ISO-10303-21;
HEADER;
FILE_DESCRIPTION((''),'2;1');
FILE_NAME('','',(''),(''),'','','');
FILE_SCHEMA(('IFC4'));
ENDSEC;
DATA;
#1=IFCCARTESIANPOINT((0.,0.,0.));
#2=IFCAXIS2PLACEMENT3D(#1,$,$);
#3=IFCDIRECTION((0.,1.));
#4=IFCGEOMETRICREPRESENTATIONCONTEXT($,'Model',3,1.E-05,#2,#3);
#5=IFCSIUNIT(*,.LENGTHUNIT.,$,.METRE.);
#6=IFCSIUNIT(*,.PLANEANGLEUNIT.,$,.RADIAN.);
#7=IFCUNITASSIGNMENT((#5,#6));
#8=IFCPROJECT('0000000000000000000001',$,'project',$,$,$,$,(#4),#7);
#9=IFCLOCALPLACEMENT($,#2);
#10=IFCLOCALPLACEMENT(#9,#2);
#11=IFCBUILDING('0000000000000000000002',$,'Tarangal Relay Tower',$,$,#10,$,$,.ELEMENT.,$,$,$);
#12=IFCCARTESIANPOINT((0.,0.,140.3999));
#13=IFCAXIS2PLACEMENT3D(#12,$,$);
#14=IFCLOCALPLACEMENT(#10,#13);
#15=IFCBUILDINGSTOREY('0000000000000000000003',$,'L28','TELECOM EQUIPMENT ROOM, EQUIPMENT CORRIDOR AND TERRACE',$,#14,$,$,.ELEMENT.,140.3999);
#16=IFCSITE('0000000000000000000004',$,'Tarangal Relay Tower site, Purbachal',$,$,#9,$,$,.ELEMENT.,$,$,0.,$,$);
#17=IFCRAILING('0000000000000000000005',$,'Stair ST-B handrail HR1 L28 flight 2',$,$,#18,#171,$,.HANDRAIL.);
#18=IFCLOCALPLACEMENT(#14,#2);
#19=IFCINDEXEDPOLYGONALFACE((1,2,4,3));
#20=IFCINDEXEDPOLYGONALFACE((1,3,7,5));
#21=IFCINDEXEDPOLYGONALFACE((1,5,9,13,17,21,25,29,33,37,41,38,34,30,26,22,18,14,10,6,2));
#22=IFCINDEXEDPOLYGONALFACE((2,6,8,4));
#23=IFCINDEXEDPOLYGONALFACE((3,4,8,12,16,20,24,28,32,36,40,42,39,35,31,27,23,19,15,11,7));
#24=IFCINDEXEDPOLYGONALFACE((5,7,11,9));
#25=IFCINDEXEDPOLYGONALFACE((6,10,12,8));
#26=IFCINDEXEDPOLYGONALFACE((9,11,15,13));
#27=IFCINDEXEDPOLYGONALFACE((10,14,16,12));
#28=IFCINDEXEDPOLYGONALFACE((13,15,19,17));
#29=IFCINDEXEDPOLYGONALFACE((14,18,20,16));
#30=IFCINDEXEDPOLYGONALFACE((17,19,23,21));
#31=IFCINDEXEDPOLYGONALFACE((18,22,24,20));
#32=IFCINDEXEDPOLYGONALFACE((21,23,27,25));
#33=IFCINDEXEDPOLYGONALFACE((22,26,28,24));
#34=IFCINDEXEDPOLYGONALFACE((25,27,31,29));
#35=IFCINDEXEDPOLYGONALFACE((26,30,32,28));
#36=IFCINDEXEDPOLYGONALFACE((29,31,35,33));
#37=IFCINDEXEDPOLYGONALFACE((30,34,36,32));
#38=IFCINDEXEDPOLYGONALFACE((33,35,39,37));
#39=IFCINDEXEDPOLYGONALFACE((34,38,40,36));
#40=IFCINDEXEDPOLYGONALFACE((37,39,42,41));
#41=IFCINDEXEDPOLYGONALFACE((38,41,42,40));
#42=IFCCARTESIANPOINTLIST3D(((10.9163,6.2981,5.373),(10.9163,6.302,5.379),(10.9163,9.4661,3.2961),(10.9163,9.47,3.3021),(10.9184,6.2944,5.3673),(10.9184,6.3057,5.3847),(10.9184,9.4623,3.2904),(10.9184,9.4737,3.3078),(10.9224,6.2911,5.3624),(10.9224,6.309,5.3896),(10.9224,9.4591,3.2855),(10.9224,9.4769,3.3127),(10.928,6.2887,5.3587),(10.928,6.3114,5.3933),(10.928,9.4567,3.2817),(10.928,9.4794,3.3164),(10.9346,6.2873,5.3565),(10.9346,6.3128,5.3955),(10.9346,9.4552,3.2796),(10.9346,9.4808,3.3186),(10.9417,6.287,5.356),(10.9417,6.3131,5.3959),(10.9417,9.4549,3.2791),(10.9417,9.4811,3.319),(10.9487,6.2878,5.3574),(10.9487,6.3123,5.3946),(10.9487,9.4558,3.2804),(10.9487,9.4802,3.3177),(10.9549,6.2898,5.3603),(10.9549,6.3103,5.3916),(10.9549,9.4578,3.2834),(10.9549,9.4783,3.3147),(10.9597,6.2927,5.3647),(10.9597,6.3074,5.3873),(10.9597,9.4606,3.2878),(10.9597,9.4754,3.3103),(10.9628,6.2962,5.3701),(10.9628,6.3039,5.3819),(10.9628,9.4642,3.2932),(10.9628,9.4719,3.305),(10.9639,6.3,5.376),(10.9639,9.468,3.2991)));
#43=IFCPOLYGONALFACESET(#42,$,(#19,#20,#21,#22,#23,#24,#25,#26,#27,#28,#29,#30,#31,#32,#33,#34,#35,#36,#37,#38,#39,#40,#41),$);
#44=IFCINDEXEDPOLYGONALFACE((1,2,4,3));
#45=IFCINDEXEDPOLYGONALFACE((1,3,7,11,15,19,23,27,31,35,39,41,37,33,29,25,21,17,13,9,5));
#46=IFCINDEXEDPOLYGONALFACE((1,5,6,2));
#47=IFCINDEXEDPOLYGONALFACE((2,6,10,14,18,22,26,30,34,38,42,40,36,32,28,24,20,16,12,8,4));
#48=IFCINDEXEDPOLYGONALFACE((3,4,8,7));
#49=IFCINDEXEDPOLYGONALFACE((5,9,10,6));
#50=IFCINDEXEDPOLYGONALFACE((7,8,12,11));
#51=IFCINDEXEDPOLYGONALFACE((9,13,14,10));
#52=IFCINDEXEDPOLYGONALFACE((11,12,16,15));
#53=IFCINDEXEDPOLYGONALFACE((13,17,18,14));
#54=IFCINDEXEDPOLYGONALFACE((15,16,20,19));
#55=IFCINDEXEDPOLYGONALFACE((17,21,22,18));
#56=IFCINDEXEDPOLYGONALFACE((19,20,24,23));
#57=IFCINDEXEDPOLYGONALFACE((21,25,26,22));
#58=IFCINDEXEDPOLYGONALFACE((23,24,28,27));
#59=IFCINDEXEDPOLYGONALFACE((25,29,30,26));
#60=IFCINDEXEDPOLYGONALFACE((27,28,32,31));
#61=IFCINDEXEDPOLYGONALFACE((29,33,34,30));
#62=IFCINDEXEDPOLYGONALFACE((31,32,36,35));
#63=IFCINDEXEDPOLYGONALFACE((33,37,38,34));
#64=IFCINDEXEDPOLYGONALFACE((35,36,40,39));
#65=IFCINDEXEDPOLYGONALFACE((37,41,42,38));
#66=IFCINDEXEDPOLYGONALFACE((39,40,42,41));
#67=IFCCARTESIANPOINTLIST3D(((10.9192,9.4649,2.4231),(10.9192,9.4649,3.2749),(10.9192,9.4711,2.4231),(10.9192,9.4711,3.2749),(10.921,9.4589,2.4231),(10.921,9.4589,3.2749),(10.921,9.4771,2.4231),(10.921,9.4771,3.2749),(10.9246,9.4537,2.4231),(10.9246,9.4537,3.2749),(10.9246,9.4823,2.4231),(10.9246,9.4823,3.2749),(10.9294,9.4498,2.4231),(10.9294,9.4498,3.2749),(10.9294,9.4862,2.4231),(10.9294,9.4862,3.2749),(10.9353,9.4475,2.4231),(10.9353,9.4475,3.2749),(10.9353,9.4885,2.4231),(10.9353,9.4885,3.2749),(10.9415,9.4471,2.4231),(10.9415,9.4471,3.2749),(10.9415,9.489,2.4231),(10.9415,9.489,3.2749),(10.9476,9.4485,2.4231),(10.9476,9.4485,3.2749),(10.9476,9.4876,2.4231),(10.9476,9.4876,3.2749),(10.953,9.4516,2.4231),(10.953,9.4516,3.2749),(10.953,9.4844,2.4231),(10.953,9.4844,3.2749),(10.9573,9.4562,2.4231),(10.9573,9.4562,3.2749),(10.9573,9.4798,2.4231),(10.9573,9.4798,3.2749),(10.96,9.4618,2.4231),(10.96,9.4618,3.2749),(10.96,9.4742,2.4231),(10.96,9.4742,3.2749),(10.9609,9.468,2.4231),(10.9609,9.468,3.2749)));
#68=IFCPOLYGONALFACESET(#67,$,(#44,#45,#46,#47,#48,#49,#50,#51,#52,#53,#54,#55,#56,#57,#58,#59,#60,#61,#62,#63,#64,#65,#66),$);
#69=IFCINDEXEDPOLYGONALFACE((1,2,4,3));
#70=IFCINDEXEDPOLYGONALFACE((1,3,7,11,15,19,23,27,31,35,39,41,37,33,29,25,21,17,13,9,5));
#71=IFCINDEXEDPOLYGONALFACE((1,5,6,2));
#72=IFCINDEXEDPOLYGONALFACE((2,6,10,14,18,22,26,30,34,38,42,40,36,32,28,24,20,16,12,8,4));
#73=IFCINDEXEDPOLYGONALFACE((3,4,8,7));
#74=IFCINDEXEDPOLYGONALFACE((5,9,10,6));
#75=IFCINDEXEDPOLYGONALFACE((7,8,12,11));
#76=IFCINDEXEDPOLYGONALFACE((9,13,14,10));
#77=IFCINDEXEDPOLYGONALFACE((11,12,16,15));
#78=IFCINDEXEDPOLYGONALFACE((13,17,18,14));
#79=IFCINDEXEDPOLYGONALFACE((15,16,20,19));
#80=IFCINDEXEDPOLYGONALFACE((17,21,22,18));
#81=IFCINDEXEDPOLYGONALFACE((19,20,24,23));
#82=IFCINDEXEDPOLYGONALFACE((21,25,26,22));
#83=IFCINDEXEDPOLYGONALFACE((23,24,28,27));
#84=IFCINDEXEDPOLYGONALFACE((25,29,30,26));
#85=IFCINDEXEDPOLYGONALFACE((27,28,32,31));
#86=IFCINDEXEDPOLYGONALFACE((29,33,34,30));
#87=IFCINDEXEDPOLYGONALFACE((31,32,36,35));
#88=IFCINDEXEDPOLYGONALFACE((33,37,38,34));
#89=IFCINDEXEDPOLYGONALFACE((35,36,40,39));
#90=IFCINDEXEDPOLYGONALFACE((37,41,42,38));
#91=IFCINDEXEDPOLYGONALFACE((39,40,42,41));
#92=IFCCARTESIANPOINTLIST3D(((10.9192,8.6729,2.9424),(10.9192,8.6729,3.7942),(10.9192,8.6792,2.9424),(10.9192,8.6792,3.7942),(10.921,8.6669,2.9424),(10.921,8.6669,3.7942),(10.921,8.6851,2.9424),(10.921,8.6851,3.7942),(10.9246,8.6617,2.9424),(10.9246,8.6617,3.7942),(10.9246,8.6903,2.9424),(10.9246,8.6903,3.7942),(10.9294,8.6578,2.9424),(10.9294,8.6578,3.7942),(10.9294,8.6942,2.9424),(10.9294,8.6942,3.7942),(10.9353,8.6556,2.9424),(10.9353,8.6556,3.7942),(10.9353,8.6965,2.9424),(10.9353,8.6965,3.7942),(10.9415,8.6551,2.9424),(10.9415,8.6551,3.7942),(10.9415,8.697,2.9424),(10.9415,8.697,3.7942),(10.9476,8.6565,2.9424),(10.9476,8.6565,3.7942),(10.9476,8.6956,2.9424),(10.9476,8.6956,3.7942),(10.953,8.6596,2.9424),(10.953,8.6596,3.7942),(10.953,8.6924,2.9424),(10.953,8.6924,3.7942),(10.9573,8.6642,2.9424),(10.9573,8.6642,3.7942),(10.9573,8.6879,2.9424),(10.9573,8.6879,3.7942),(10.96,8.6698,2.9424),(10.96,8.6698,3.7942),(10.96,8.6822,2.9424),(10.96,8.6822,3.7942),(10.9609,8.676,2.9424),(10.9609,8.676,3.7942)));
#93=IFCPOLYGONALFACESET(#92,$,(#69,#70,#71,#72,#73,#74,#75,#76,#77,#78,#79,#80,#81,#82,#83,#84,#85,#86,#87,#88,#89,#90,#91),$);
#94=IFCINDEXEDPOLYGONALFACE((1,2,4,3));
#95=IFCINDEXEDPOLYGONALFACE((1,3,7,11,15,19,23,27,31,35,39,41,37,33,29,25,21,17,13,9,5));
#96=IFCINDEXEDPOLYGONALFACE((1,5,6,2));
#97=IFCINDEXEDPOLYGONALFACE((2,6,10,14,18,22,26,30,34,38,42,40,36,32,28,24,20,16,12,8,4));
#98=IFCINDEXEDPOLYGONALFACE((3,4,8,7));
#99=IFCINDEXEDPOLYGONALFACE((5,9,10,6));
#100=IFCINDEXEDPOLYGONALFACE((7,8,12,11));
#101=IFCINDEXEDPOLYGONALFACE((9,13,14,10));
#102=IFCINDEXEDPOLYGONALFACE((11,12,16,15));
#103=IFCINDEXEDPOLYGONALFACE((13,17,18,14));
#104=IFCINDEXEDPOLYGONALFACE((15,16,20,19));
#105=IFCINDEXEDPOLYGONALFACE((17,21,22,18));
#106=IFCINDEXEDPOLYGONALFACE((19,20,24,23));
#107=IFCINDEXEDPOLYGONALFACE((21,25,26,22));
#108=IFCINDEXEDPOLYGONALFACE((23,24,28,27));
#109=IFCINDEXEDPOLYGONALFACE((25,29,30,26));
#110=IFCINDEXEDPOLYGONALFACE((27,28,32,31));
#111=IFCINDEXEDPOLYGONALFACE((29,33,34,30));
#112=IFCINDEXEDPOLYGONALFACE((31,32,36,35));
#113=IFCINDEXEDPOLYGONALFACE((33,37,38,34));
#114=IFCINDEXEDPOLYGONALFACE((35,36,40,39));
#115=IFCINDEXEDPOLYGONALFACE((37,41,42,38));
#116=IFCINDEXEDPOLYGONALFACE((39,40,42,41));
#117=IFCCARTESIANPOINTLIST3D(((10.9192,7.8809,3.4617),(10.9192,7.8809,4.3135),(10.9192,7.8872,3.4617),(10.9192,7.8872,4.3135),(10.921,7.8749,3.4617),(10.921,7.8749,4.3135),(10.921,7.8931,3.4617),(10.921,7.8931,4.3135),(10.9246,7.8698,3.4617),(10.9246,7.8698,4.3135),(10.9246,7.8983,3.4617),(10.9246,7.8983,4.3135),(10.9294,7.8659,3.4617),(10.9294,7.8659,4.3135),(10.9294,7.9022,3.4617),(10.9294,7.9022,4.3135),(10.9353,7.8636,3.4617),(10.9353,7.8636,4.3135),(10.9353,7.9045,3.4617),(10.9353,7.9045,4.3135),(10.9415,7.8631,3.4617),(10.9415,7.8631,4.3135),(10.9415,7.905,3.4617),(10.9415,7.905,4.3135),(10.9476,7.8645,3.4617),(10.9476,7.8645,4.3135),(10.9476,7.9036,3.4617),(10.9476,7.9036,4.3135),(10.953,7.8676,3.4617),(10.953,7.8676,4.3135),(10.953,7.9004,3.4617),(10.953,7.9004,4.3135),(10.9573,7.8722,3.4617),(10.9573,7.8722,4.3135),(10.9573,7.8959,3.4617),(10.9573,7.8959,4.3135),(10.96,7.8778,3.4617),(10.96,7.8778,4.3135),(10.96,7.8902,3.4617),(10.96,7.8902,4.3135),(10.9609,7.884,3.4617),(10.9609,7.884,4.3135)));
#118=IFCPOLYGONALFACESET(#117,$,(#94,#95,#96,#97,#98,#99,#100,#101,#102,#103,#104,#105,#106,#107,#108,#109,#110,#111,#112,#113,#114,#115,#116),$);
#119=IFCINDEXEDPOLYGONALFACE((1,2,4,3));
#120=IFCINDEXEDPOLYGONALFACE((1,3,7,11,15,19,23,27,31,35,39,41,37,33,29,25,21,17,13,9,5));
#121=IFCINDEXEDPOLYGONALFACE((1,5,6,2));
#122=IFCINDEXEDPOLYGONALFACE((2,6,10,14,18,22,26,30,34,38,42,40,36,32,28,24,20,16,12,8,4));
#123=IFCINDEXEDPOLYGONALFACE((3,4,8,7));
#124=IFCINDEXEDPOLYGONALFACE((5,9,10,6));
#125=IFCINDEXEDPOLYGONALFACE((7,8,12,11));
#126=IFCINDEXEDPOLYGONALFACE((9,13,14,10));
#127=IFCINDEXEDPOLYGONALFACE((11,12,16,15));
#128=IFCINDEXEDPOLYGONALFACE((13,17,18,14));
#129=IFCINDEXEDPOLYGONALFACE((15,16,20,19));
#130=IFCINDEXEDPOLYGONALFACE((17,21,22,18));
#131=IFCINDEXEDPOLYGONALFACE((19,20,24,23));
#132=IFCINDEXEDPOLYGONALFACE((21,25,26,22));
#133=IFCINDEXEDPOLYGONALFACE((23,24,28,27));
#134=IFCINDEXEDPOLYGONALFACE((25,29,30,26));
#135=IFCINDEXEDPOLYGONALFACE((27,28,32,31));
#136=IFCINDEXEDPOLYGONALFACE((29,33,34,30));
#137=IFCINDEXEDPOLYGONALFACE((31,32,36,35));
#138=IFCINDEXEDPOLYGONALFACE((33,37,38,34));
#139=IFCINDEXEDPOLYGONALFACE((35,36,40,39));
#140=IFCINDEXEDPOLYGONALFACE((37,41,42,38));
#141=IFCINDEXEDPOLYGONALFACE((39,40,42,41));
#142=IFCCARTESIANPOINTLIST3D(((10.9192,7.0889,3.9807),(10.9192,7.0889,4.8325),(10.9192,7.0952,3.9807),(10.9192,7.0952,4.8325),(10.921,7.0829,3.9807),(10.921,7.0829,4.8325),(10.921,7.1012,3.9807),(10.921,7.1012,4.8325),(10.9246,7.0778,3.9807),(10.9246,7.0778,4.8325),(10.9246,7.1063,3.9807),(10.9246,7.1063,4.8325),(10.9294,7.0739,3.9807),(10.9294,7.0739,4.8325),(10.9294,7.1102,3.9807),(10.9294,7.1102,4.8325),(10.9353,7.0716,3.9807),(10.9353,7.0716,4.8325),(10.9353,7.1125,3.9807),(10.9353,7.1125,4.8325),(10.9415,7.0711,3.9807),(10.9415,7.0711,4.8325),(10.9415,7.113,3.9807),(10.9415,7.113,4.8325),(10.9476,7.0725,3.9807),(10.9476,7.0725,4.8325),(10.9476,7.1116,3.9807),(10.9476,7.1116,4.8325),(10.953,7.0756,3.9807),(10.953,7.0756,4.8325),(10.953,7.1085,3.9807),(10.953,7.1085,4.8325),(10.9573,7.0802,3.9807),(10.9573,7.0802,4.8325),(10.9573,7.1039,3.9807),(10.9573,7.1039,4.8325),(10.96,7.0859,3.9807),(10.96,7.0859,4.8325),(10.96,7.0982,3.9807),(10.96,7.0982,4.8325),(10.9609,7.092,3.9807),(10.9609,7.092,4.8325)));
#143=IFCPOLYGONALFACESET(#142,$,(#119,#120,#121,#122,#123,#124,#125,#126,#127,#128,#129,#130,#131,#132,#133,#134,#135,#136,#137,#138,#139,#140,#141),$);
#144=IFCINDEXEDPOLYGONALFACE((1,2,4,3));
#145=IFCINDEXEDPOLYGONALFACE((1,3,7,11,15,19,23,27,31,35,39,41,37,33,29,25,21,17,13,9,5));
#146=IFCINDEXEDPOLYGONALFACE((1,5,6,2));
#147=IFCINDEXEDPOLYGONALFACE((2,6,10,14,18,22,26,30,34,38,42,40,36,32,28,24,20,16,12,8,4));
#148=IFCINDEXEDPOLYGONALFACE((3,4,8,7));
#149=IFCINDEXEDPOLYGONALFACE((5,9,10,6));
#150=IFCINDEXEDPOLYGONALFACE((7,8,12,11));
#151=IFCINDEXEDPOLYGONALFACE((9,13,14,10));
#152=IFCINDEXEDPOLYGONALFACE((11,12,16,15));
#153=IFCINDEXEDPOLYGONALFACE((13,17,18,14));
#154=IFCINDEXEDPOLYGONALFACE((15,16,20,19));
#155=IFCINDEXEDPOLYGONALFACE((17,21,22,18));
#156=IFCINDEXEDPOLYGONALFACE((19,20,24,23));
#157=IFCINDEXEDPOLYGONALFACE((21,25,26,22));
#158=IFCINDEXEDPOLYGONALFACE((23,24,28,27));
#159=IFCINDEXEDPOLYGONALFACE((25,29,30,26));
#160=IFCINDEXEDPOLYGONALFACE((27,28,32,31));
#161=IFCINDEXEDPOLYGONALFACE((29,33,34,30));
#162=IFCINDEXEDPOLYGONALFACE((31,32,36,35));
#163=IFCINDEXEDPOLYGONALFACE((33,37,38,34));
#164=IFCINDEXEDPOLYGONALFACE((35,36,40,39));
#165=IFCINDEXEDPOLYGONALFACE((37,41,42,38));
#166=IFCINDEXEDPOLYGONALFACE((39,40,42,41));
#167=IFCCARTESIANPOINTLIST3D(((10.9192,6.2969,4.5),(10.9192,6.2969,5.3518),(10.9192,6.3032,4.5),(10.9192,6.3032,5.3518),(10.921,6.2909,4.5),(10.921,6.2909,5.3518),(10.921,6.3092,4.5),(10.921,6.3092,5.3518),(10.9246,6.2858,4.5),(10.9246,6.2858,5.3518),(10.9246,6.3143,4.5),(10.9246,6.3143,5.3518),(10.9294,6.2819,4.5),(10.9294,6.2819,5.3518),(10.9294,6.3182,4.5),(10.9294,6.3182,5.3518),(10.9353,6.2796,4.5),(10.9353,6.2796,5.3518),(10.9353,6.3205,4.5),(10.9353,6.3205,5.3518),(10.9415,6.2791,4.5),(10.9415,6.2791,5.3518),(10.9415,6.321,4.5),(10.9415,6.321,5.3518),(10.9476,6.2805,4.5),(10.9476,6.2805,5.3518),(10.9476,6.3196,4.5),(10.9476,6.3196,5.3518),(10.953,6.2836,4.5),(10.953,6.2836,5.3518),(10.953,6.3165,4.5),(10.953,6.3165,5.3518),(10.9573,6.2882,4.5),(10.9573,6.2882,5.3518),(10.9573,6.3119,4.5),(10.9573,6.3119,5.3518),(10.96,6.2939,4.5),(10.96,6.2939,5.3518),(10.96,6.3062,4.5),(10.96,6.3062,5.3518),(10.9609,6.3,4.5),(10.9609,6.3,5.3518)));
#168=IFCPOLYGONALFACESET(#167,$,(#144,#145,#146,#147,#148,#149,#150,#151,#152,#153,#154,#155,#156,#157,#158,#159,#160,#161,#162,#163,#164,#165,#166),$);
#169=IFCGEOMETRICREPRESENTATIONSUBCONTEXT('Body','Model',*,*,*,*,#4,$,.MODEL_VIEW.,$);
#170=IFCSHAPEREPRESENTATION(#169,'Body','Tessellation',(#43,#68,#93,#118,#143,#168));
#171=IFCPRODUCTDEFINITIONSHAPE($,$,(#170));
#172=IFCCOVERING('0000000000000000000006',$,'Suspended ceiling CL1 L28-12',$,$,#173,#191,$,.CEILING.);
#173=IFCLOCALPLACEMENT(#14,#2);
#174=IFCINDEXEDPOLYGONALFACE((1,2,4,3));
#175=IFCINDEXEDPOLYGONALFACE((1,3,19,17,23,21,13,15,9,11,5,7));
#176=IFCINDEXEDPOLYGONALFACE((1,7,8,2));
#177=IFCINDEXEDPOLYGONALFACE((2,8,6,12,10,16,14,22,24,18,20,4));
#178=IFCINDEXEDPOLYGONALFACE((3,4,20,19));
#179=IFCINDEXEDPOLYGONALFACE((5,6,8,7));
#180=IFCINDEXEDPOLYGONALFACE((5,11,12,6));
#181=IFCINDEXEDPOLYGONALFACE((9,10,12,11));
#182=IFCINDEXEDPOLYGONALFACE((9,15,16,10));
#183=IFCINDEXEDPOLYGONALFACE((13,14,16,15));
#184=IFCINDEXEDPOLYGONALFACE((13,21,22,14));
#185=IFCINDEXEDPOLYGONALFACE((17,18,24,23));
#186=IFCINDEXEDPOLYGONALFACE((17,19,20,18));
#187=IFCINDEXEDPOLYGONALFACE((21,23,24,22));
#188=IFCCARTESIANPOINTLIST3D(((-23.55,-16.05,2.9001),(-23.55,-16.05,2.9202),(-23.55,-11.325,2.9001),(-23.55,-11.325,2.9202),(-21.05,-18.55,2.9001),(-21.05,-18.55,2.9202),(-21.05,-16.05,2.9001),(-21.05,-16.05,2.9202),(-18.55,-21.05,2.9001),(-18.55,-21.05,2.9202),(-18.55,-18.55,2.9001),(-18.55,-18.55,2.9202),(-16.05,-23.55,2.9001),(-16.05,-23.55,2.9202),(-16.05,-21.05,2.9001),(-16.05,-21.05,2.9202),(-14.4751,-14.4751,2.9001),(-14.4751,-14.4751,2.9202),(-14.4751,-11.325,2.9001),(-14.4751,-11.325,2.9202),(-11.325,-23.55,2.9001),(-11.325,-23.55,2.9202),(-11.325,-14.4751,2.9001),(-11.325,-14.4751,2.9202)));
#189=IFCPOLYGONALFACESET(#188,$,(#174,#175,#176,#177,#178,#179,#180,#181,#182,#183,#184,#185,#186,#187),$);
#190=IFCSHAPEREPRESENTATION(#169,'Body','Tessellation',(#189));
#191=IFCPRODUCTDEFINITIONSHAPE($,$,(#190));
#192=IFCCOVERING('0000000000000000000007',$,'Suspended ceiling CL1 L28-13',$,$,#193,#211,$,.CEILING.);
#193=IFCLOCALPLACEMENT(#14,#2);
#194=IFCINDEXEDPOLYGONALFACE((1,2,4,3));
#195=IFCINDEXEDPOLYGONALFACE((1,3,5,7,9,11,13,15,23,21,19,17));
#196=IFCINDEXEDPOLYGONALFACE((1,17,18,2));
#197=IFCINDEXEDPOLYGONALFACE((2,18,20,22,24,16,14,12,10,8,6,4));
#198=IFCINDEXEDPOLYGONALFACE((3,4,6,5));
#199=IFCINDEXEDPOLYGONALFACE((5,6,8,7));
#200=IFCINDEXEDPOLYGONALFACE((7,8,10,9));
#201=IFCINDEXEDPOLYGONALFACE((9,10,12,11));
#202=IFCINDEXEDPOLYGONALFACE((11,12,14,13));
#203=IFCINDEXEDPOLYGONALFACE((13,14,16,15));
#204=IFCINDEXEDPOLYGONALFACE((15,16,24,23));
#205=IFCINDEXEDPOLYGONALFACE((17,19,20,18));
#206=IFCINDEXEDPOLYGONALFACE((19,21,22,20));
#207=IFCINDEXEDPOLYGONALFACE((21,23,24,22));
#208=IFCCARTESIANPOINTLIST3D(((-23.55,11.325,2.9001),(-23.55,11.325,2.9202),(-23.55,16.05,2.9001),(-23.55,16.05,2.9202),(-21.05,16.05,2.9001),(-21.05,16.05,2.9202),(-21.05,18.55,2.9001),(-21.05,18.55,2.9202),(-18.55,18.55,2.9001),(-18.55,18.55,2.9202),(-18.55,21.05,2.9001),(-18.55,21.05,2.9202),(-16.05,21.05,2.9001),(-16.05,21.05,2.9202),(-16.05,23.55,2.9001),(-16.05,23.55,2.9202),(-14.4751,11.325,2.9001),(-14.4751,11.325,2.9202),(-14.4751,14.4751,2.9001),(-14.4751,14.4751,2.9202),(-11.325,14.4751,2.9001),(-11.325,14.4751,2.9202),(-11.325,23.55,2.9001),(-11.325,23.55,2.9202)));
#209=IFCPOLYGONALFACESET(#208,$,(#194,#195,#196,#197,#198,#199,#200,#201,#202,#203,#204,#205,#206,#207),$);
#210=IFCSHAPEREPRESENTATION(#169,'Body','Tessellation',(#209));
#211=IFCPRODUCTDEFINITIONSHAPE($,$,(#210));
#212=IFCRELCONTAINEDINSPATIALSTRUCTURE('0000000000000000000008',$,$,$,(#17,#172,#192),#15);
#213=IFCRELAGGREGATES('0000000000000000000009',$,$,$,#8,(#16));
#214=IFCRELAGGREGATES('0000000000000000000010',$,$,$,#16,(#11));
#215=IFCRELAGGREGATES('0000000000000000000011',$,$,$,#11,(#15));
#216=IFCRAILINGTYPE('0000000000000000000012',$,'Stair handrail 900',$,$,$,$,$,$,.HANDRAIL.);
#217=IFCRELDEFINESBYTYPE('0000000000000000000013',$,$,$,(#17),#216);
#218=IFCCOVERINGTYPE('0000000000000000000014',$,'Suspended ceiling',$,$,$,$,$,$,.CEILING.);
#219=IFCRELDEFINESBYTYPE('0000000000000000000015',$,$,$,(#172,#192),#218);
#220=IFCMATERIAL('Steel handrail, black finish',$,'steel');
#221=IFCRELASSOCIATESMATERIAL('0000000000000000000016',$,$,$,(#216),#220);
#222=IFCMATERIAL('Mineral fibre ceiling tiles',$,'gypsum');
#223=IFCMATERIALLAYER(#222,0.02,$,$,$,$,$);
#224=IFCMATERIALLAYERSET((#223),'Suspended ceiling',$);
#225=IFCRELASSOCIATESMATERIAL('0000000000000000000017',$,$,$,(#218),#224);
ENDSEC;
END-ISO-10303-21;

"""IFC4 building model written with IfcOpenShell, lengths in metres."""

from ifc_helpers import new_model, si_unit, direction, frame, origin, origin_2d, place, context, subcontext, project, spatial, polyline, circle, outline, extrude, material, layer, layer_set, type_object, element, save


model = new_model("IFC4")

# Units and contexts
model_context = context("Model", 3, precision=1e-05, world=origin(), true_north=direction((0.0, 1.0)))
body_context = subcontext(model_context, "Body", "Model", "MODEL_VIEW")
ifc_project = project(units=[si_unit("LENGTHUNIT", "METRE"), si_unit("PLANEANGLEUNIT", "RADIAN")], contexts=[model_context])

# Site, building, storey
site_placement = place(None, origin())
site = spatial("IfcSite", under=ifc_project, at=site_placement, Name="Tarangal Relay Tower site, Purbachal", CompositionType="ELEMENT", RefElevation=0.0)
building_placement = place(site_placement, origin())
building = spatial("IfcBuilding", under=site, at=building_placement, Name="Tarangal Relay Tower", CompositionType="ELEMENT")
storey_placement = place(building_placement, frame((0.0, 0.0, 140.3999)))
storey = spatial("IfcBuildingStorey", under=building, at=storey_placement, Name="L28", Description="TELECOM EQUIPMENT ROOM, EQUIPMENT CORRIDOR AND TERRACE", CompositionType="ELEMENT", Elevation=140.3999)

# Railing
ifc_material_1 = material(Name="Steel handrail, black finish", Category="steel")
railing_type_1 = type_object("IfcRailingType", Name="Stair handrail 900", PredefinedType="HANDRAIL", material=ifc_material_1)
railing_1_placement = place(storey_placement, frame((10.9399, 9.468, 2.4231)))
element("IfcRailing", 1, at=railing_1_placement, inside=storey, type_object=railing_type_1, Name="Stair ST-B handrail HR1 L28 flight 2", PredefinedType="HANDRAIL", context=body_context, shape_type="SweptSolid", body=[
    extrude(circle(Radius=0.0239, at=origin_2d()), frame((0.0, 0.0, 0.876), z_axis=(0.0, -0.836299, 0.548273), x_axis=(1.0, 0.0, 0.0)), (0.0, 0.0, 1.0), 3.7881),
    extrude(circle(Radius=0.021, at=origin_2d()), origin(), (0.0, 0.0, 1.0), 0.8518),
    extrude(circle(Radius=0.021, at=origin_2d()), frame((0.0, -0.792, 0.5193)), (0.0, 0.0, 1.0), 0.8518),
    extrude(circle(Radius=0.021, at=origin_2d()), frame((0.0, -1.584, 1.0386)), (0.0, 0.0, 1.0), 0.8518),
    extrude(circle(Radius=0.021, at=origin_2d()), frame((0.0, -2.376, 1.5576)), (0.0, 0.0, 1.0), 0.8518),
    extrude(circle(Radius=0.021, at=origin_2d()), frame((0.0, -3.168, 2.0769)), (0.0, 0.0, 1.0), 0.8518),
])

# Coverings
ifc_material_2 = material(Name="Mineral fibre ceiling tiles", Category="gypsum")
ifc_layer_1 = layer(ifc_material_2, 0.02)
ifc_layer_set_1 = layer_set([ifc_layer_1], Name="Suspended ceiling")
covering_type_1 = type_object("IfcCoveringType", Name="Suspended ceiling", PredefinedType="CEILING", material=ifc_layer_set_1)
covering_1_placement = place(storey_placement, frame((0.0, 0.0, 2.9001)))
element("IfcCovering", 2, at=covering_1_placement, inside=storey, type_object=covering_type_1, Name="Suspended ceiling CL1 L28-12", PredefinedType="CEILING", context=body_context, shape_type="SweptSolid", body=[
    extrude(outline(polyline([(-16.05, -21.05), (-16.05, -23.55), (-11.325, -23.55), (-11.325, -14.4751), (-14.4751, -14.4751), (-14.4751, -11.325), (-23.55, -11.325), (-23.55, -16.05), (-21.05, -16.05), (-21.05, -18.55), (-18.55, -18.55), (-18.55, -21.05), (-16.05, -21.05)])), origin(), (0.0, 0.0, 1.0), 0.02),
])
covering_2_placement = place(storey_placement, frame((0.0, 0.0, 2.9001)))
element("IfcCovering", 3, at=covering_2_placement, inside=storey, type_object=covering_type_1, Name="Suspended ceiling CL1 L28-13", PredefinedType="CEILING", context=body_context, shape_type="SweptSolid", body=[
    extrude(outline(polyline([(-21.05, 16.05), (-23.55, 16.05), (-23.55, 11.325), (-14.4751, 11.325), (-14.4751, 14.4751), (-11.325, 14.4751), (-11.325, 23.55), (-16.05, 23.55), (-16.05, 21.05), (-18.55, 21.05), (-18.55, 18.55), (-21.05, 18.55), (-21.05, 16.05)])), origin(), (0.0, 0.0, 1.0), 0.02),
])

save(model, "model.ifc")
